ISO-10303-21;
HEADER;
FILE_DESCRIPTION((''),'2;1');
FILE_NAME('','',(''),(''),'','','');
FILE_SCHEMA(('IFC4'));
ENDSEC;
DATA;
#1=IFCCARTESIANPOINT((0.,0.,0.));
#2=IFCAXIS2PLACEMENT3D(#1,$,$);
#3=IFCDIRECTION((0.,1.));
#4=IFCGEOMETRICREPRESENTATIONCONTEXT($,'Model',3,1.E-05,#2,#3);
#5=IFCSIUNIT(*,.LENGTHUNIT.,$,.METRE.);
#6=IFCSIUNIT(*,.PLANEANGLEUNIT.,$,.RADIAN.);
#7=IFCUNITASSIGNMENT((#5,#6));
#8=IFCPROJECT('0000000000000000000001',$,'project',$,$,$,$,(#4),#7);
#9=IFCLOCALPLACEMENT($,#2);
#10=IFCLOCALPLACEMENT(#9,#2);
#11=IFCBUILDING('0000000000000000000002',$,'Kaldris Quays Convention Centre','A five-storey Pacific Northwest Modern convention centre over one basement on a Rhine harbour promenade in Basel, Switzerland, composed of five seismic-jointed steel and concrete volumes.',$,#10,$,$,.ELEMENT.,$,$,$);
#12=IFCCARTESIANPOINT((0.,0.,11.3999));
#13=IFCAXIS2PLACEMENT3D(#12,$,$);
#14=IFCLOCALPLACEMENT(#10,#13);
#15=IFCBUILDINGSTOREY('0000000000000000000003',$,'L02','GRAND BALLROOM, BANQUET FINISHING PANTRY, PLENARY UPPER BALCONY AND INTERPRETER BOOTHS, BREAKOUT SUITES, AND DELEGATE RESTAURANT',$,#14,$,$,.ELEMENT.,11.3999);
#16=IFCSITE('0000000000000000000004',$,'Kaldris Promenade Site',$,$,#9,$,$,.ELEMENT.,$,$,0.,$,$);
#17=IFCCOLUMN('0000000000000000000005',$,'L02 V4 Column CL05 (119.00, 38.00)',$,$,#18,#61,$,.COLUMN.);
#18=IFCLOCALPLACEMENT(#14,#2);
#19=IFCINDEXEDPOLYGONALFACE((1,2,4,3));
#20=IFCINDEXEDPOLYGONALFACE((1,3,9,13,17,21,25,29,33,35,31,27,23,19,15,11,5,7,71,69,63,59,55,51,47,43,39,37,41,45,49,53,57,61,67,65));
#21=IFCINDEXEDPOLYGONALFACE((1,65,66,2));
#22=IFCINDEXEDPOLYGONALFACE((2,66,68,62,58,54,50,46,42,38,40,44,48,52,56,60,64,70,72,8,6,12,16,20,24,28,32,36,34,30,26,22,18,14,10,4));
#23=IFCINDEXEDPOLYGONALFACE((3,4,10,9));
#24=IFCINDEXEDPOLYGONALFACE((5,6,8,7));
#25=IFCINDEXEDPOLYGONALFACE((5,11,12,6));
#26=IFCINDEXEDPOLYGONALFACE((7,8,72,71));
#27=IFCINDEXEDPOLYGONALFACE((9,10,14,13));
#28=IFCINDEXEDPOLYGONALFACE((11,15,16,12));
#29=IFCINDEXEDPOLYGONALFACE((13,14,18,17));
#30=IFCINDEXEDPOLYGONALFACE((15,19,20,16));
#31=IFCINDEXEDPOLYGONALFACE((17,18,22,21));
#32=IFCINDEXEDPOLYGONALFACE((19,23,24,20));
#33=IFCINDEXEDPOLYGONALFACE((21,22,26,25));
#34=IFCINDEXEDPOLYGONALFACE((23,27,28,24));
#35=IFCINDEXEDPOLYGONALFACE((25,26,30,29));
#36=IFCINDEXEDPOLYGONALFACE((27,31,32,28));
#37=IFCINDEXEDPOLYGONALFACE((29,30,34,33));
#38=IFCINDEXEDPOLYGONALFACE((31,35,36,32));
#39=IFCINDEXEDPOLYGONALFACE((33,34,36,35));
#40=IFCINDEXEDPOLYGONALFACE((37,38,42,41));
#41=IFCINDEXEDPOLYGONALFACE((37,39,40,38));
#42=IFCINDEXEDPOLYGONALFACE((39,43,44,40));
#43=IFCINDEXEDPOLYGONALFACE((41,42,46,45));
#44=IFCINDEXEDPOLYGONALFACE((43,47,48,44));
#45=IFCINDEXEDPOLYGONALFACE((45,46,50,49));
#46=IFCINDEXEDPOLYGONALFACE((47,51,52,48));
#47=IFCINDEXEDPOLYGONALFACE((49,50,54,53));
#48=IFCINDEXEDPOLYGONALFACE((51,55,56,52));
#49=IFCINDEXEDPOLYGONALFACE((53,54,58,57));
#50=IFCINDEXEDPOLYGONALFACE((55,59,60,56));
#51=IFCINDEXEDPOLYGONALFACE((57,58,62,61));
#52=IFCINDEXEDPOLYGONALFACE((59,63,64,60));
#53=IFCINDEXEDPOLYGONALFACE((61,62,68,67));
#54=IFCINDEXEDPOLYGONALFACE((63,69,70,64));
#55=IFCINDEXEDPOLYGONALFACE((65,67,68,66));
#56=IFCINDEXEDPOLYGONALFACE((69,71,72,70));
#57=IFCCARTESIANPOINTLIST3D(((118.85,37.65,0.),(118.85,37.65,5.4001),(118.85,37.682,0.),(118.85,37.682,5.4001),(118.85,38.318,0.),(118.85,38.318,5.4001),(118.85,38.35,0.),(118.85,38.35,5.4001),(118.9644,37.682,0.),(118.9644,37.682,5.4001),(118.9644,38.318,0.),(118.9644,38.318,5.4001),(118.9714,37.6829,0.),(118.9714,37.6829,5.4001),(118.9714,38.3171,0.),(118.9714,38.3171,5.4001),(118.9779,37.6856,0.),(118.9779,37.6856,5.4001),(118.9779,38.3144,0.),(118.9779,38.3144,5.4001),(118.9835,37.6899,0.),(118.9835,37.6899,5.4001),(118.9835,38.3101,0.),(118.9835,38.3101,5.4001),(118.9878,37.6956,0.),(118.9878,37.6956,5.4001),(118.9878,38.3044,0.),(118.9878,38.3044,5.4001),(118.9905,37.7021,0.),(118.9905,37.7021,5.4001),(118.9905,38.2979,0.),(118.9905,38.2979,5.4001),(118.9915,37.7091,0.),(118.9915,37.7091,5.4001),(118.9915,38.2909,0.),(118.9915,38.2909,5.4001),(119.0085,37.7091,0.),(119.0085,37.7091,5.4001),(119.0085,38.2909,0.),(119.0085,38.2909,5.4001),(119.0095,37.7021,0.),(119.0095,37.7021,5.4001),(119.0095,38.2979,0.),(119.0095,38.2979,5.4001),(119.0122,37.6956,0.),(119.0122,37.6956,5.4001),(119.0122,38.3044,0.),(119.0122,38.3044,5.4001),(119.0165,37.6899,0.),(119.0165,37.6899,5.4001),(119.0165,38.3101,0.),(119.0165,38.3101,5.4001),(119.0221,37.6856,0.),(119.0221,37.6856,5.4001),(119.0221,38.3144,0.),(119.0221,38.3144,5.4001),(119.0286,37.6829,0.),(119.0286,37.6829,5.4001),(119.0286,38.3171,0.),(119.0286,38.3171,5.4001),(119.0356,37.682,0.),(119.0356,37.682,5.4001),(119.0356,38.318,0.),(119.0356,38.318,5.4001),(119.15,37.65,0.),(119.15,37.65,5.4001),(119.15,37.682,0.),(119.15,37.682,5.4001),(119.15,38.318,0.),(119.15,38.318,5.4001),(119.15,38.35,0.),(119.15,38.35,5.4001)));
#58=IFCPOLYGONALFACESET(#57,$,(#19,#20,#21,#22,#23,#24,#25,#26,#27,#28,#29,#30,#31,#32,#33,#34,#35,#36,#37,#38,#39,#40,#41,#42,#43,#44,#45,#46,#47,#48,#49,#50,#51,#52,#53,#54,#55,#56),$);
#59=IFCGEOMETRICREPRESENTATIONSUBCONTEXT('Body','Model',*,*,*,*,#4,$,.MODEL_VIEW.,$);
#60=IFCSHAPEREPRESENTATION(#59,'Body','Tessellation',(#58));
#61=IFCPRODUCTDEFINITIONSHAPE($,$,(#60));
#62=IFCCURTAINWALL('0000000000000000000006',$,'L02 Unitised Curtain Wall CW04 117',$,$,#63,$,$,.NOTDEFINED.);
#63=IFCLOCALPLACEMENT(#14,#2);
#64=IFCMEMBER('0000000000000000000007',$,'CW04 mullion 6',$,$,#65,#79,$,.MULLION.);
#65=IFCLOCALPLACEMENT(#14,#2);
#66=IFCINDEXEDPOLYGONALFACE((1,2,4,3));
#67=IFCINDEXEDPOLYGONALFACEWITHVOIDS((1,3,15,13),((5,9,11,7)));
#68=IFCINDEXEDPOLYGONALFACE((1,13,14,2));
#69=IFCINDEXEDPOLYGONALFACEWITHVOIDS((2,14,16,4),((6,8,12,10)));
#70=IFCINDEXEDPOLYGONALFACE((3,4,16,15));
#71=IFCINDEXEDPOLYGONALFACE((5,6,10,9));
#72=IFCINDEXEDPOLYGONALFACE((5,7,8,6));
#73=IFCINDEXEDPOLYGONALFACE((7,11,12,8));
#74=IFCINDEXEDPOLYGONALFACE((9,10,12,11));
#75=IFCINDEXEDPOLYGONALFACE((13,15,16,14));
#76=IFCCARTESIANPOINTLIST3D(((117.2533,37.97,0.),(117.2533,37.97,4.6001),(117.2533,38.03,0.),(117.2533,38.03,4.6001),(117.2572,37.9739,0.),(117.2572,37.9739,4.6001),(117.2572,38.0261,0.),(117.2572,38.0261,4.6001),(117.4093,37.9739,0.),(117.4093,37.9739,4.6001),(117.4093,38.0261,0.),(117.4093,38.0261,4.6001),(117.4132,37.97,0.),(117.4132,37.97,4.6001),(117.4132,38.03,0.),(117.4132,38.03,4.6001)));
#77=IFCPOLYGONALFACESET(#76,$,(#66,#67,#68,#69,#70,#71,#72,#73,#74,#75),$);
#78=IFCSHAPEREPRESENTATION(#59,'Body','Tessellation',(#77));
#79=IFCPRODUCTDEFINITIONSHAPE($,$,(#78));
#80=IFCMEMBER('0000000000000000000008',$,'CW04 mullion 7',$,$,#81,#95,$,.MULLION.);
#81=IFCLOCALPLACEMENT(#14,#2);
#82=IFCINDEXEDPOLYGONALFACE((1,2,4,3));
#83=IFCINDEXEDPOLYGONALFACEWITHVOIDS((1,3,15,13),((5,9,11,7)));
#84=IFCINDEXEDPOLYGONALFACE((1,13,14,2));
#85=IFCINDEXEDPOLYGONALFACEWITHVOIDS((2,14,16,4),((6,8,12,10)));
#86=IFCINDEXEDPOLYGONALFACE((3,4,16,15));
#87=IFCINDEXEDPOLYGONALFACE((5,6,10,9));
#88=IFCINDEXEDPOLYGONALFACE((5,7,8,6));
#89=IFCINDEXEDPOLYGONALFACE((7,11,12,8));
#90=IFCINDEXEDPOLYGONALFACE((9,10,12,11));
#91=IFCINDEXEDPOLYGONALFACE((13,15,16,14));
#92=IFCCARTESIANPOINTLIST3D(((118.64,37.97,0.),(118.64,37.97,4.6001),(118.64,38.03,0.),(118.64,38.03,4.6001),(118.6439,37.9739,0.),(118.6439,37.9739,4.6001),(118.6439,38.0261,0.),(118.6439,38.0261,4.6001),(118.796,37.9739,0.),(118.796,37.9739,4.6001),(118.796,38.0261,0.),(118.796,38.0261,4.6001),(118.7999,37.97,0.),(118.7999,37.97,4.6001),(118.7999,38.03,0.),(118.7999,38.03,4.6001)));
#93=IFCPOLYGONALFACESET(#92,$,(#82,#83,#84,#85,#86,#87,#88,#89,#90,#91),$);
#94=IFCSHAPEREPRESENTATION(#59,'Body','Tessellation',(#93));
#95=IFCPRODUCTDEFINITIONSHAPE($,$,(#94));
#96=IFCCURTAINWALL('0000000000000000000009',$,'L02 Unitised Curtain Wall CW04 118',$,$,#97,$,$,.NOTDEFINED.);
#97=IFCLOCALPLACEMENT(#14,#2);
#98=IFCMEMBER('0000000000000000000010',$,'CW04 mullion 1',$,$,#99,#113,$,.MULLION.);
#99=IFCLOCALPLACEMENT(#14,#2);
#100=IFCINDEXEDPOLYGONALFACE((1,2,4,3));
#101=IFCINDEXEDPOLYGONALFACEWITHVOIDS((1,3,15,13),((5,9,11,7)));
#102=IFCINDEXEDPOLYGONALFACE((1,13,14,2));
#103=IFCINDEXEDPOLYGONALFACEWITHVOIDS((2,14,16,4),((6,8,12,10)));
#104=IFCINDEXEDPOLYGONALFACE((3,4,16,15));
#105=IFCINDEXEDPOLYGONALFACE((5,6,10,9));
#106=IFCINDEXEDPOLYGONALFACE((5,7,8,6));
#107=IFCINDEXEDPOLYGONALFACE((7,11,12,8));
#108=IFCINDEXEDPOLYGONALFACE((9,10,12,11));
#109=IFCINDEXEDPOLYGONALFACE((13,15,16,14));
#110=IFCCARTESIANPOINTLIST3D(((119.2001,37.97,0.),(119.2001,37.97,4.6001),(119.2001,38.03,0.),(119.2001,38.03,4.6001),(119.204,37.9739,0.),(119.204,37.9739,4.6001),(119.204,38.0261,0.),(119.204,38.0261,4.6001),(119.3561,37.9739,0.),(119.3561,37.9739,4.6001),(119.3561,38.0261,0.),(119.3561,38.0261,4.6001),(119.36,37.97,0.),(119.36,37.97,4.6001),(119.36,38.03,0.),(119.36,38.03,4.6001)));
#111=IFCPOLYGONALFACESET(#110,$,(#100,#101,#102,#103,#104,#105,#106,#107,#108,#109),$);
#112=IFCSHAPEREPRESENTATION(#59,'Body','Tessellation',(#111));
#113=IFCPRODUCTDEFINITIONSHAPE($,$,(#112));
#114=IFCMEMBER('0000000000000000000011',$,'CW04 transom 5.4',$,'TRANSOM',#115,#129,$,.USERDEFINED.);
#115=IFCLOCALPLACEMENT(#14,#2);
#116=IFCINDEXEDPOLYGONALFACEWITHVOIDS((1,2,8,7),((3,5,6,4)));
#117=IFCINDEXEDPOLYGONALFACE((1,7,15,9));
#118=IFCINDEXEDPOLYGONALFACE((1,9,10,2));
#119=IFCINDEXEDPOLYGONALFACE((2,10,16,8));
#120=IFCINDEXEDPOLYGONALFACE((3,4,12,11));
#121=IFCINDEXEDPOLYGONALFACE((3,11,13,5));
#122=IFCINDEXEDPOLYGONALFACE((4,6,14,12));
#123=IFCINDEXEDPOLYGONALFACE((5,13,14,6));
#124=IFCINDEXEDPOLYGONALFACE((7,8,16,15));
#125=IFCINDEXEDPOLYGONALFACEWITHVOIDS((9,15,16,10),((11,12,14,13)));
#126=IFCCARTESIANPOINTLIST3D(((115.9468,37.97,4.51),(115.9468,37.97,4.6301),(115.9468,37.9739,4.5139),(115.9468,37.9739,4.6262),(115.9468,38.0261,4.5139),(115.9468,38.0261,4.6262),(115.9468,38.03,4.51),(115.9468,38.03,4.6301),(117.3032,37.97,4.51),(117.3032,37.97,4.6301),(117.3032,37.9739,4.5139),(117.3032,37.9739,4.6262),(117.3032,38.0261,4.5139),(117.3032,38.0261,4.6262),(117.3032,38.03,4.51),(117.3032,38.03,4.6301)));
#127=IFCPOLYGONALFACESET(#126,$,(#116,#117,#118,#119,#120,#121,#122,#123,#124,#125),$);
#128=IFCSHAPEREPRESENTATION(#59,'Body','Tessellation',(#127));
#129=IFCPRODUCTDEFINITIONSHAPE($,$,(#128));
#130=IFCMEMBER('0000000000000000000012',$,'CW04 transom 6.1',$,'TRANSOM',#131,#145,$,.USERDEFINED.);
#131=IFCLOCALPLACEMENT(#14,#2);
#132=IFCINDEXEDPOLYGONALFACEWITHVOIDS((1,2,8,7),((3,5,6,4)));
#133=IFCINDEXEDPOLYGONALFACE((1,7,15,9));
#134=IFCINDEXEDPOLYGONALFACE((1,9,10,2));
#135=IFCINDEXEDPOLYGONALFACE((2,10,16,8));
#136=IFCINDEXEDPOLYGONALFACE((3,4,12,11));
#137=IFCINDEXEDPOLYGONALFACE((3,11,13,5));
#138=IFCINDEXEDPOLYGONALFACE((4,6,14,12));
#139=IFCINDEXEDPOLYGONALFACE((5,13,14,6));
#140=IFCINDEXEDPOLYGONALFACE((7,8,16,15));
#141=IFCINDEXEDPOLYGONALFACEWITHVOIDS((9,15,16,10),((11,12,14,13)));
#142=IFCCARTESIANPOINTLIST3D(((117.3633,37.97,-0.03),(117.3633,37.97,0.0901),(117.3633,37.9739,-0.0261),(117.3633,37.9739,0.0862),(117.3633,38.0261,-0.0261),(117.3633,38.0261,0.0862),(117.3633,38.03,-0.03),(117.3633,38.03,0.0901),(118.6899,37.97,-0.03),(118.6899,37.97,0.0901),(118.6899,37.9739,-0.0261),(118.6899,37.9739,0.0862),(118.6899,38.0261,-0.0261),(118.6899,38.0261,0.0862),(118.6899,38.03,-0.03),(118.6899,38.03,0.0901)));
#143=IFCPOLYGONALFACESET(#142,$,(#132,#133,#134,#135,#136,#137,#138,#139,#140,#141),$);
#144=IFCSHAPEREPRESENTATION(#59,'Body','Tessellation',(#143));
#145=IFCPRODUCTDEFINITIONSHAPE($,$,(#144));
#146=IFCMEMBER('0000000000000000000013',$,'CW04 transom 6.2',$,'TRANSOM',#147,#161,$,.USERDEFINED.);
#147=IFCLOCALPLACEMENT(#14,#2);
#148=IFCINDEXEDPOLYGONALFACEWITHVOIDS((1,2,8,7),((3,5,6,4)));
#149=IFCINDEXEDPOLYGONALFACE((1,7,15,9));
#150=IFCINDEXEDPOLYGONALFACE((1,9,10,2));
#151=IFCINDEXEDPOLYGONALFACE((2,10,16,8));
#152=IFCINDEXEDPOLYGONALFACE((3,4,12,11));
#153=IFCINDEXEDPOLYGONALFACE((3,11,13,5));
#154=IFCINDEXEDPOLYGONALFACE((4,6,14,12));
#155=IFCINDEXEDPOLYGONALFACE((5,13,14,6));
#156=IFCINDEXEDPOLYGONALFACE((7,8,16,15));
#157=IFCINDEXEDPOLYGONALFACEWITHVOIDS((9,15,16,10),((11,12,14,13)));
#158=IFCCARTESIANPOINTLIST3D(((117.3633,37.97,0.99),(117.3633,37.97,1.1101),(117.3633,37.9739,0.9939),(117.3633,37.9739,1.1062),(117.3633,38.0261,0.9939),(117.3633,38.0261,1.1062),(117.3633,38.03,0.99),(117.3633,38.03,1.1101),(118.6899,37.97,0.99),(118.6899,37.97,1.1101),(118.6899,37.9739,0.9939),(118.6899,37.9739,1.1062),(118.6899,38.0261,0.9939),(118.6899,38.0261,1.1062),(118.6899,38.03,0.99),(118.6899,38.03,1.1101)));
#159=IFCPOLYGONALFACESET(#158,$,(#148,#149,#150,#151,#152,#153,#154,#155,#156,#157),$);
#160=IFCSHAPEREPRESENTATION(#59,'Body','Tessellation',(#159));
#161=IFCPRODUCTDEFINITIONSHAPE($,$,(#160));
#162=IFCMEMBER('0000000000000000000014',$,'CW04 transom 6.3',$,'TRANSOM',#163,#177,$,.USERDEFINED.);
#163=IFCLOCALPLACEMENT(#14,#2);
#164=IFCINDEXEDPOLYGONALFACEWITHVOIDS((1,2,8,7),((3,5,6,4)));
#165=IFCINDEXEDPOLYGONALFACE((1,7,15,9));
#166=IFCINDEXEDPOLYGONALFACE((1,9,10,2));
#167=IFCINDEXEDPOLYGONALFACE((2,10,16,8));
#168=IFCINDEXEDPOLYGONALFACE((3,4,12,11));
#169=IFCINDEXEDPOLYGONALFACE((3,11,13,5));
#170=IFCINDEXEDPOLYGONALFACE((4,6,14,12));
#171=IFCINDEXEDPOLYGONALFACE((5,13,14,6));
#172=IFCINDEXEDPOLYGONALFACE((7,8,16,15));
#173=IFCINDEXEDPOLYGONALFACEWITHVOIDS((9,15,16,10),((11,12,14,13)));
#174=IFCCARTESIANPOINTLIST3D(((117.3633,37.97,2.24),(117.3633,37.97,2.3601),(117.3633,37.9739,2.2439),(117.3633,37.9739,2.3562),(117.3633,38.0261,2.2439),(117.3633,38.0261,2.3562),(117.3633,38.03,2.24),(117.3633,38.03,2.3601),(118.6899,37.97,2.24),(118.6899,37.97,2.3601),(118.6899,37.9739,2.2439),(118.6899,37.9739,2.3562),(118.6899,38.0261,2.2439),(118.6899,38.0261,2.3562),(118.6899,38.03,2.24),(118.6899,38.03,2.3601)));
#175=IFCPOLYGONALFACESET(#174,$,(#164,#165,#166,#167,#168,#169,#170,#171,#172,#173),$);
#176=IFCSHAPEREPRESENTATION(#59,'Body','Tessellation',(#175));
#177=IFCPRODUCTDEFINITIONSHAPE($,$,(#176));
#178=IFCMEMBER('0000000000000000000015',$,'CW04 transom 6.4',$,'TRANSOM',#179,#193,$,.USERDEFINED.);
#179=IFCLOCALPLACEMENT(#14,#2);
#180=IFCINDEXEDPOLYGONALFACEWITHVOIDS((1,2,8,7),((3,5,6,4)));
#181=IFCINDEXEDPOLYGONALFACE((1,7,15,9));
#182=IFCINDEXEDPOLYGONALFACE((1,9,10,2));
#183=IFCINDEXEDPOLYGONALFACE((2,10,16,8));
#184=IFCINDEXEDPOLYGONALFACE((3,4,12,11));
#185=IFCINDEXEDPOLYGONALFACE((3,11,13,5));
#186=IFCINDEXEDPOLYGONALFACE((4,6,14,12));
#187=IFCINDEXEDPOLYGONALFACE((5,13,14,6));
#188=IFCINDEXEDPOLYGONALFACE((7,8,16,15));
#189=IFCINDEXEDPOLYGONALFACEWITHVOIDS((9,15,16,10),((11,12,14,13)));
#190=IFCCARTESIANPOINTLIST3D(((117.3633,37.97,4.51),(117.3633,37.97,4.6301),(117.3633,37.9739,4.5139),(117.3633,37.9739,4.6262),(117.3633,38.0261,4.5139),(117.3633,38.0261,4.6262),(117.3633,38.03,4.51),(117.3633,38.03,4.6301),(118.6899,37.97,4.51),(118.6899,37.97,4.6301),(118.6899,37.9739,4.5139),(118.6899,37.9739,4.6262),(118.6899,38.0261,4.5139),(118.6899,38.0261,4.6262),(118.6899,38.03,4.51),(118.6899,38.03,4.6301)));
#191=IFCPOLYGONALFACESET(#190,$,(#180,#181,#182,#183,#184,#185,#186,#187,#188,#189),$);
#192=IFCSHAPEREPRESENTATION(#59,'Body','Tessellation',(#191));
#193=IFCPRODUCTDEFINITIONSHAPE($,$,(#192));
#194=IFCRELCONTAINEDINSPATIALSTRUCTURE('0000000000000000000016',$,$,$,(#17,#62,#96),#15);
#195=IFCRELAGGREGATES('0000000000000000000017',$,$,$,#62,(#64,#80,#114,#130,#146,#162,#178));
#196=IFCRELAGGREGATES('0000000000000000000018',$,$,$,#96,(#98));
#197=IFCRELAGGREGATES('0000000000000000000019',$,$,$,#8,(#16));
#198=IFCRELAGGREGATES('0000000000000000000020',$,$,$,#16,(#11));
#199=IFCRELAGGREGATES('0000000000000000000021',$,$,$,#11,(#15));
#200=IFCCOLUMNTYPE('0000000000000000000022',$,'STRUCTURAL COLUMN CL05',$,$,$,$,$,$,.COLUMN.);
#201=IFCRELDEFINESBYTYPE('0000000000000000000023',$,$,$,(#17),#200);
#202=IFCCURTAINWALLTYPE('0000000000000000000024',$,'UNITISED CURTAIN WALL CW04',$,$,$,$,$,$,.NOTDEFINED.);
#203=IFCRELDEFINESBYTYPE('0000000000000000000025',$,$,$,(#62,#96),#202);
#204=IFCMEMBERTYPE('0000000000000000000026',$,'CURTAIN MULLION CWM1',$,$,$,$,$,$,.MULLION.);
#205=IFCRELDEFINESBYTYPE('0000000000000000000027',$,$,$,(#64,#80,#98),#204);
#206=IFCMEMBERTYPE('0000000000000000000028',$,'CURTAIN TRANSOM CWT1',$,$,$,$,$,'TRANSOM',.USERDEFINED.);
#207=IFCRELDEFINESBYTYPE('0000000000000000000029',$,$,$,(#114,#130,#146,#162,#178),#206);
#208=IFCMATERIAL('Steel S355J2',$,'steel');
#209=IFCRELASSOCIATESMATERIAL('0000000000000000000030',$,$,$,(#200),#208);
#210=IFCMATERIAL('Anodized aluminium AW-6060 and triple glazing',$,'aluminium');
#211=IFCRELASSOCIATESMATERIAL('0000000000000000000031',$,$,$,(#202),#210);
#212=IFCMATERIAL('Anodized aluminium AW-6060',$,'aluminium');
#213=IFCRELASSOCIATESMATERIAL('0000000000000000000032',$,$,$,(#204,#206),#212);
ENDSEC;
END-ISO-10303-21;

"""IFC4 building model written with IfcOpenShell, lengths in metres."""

from ifc_helpers import new_model, si_unit, direction, frame, origin, origin_2d, place, context, subcontext, project, spatial, hollow_rectangle, i_section, extrude, material, material_profile, profile_set, type_object, element, aggregate, save


model = new_model("IFC4")

# Units and contexts
model_context = context("Model", 3, precision=1e-05, world=origin(), true_north=direction((0.0, 1.0)))
body_context = subcontext(model_context, "Body", "Model", "MODEL_VIEW")
ifc_project = project(units=[si_unit("LENGTHUNIT", "METRE"), si_unit("PLANEANGLEUNIT", "RADIAN")], contexts=[model_context])

# Site, building, storey
site_placement = place(None, origin())
site = spatial("IfcSite", under=ifc_project, at=site_placement, Name="Kaldris Promenade Site", CompositionType="ELEMENT", RefElevation=0.0)
building_placement = place(site_placement, origin())
building = spatial("IfcBuilding", under=site, at=building_placement, Name="Kaldris Quays Convention Centre", Description="A five-storey Pacific Northwest Modern convention centre over one basement on a Rhine harbour promenade in Basel, Switzerland, composed of five seismic-jointed steel and concrete volumes.", CompositionType="ELEMENT")
storey_placement = place(building_placement, frame((0.0, 0.0, 11.3999)))
storey = spatial("IfcBuildingStorey", under=building, at=storey_placement, Name="L02", Description="GRAND BALLROOM, BANQUET FINISHING PANTRY, PLENARY UPPER BALCONY AND INTERPRETER BOOTHS, BREAKOUT SUITES, AND DELEGATE RESTAURANT", CompositionType="ELEMENT", Elevation=11.3999)

# Column
ifc_material_1 = material(Name="Steel S355J2", Category="steel")
ifc_material_profile_1 = material_profile(ifc_material_1, i_section(OverallWidth=0.3, OverallDepth=0.7, WebThickness=0.0171, FlangeThickness=0.032, FilletRadius=0.0271, at=origin_2d()), Name="HEB 700")
ifc_profile_set_1 = profile_set([ifc_material_profile_1], Name="Steel S355J2")
column_type = type_object("IfcColumnType", Name="STRUCTURAL COLUMN CL05", PredefinedType="COLUMN", material=ifc_profile_set_1)
column_placement = place(storey_placement, frame((119.0, 38.0, 0.0), z_axis=(0.0, 0.0, 1.0), x_axis=(1.0, 0.0, 0.0)))
element("IfcColumn", 1, at=column_placement, inside=storey, type_object=column_type, Name="L02 V4 Column CL05 (119.00, 38.00)", PredefinedType="COLUMN", context=body_context, shape_type="SweptSolid", body=[
    extrude(i_section(OverallWidth=0.3, OverallDepth=0.7, WebThickness=0.0171, FlangeThickness=0.032, FilletRadius=0.0271, at=origin_2d()), origin(), (0.0, 0.0, 1.0), 5.4001),
])

# Curtain wall, members
ifc_material_2 = material(Name="Anodized aluminium AW-6060 and triple glazing", Category="aluminium")
curtain_wall_type = type_object("IfcCurtainWallType", Name="UNITISED CURTAIN WALL CW04", PredefinedType="NOTDEFINED", material=ifc_material_2)
curtain_wall_1_placement = place(storey_placement, origin())
curtain_wall_1 = element("IfcCurtainWall", 2, at=curtain_wall_1_placement, inside=storey, type_object=curtain_wall_type, Name="L02 Unitised Curtain Wall CW04 117", PredefinedType="NOTDEFINED")
ifc_material_3 = material(Name="Anodized aluminium AW-6060", Category="aluminium")
ifc_material_profile_2 = material_profile(ifc_material_3, hollow_rectangle(XDim=0.0601, YDim=0.1599, WallThickness=0.0039, at=origin_2d()), Name="RHS 160x60x4")
ifc_profile_set_2 = profile_set([ifc_material_profile_2], Name="Anodized aluminium AW-6060")
member_type_1 = type_object("IfcMemberType", Name="CURTAIN MULLION CWM1", PredefinedType="MULLION", material=ifc_profile_set_2)
member_1_placement = place(storey_placement, frame((117.3333, 38.0, 0.0), z_axis=(0.0, 0.0, 1.0), x_axis=(0.0, 1.0, 0.0)))
member_1 = element("IfcMember", 3, at=member_1_placement, type_object=member_type_1, Name="CW04 mullion 6", PredefinedType="MULLION", context=body_context, shape_type="SweptSolid", body=[
    extrude(hollow_rectangle(XDim=0.0601, YDim=0.1599, WallThickness=0.0039, at=origin_2d()), origin(), (0.0, 0.0, 1.0), 4.6001),
])
member_2_placement = place(storey_placement, frame((118.72, 38.0, 0.0), z_axis=(0.0, 0.0, 1.0), x_axis=(0.0, 1.0, 0.0)))
member_2 = element("IfcMember", 4, at=member_2_placement, type_object=member_type_1, Name="CW04 mullion 7", PredefinedType="MULLION", context=body_context, shape_type="SweptSolid", body=[
    extrude(hollow_rectangle(XDim=0.0601, YDim=0.1599, WallThickness=0.0039, at=origin_2d()), origin(), (0.0, 0.0, 1.0), 4.6001),
])

# Curtain wall, member
curtain_wall_2_placement = place(storey_placement, origin())
curtain_wall_2 = element("IfcCurtainWall", 5, at=curtain_wall_2_placement, inside=storey, type_object=curtain_wall_type, Name="L02 Unitised Curtain Wall CW04 118", PredefinedType="NOTDEFINED")
member_3_placement = place(storey_placement, frame((119.28, 38.0, 0.0), z_axis=(0.0, 0.0, 1.0), x_axis=(0.0, 1.0, 0.0)))
member_3 = element("IfcMember", 6, at=member_3_placement, type_object=member_type_1, Name="CW04 mullion 1", PredefinedType="MULLION", context=body_context, shape_type="SweptSolid", body=[
    extrude(hollow_rectangle(XDim=0.0601, YDim=0.1599, WallThickness=0.0039, at=origin_2d()), origin(), (0.0, 0.0, 1.0), 4.6001),
])

# Members
ifc_material_profile_3 = material_profile(ifc_material_3, hollow_rectangle(XDim=0.0601, YDim=0.1201, WallThickness=0.0039, at=origin_2d()), Name="RHS 120x60x4")
ifc_profile_set_3 = profile_set([ifc_material_profile_3], Name="Anodized aluminium AW-6060")
member_type_2 = type_object("IfcMemberType", Name="CURTAIN TRANSOM CWT1", ElementType="TRANSOM", PredefinedType="USERDEFINED", material=ifc_profile_set_3)
member_4_placement = place(storey_placement, frame((115.9468, 38.0, 4.5701), z_axis=(1.0, 0.0, 0.0), x_axis=(0.0, 1.0, 0.0)))
member_4 = element("IfcMember", 7, at=member_4_placement, type_object=member_type_2, Name="CW04 transom 5.4", ObjectType="TRANSOM", PredefinedType="USERDEFINED", context=body_context, shape_type="SweptSolid", body=[
    extrude(hollow_rectangle(XDim=0.0601, YDim=0.1201, WallThickness=0.0039, at=origin_2d()), origin(), (0.0, 0.0, 1.0), 1.3564),
])
member_5_placement = place(storey_placement, frame((117.3633, 38.0, 0.03), z_axis=(1.0, 0.0, 0.0), x_axis=(0.0, 1.0, 0.0)))
member_5 = element("IfcMember", 8, at=member_5_placement, type_object=member_type_2, Name="CW04 transom 6.1", ObjectType="TRANSOM", PredefinedType="USERDEFINED", context=body_context, shape_type="SweptSolid", body=[
    extrude(hollow_rectangle(XDim=0.0601, YDim=0.1201, WallThickness=0.0039, at=origin_2d()), origin(), (0.0, 0.0, 1.0), 1.3267),
])
member_6_placement = place(storey_placement, frame((117.3633, 38.0, 1.05), z_axis=(1.0, 0.0, 0.0), x_axis=(0.0, 1.0, 0.0)))
member_6 = element("IfcMember", 9, at=member_6_placement, type_object=member_type_2, Name="CW04 transom 6.2", ObjectType="TRANSOM", PredefinedType="USERDEFINED", context=body_context, shape_type="SweptSolid", body=[
    extrude(hollow_rectangle(XDim=0.0601, YDim=0.1201, WallThickness=0.0039, at=origin_2d()), origin(), (0.0, 0.0, 1.0), 1.3267),
])
member_7_placement = place(storey_placement, frame((117.3633, 38.0, 2.3), z_axis=(1.0, 0.0, 0.0), x_axis=(0.0, 1.0, 0.0)))
member_7 = element("IfcMember", 10, at=member_7_placement, type_object=member_type_2, Name="CW04 transom 6.3", ObjectType="TRANSOM", PredefinedType="USERDEFINED", context=body_context, shape_type="SweptSolid", body=[
    extrude(hollow_rectangle(XDim=0.0601, YDim=0.1201, WallThickness=0.0039, at=origin_2d()), origin(), (0.0, 0.0, 1.0), 1.3267),
])
member_8_placement = place(storey_placement, frame((117.3633, 38.0, 4.5701), z_axis=(1.0, 0.0, 0.0), x_axis=(0.0, 1.0, 0.0)))
member_8 = element("IfcMember", 11, at=member_8_placement, type_object=member_type_2, Name="CW04 transom 6.4", ObjectType="TRANSOM", PredefinedType="USERDEFINED", context=body_context, shape_type="SweptSolid", body=[
    extrude(hollow_rectangle(XDim=0.0601, YDim=0.1201, WallThickness=0.0039, at=origin_2d()), origin(), (0.0, 0.0, 1.0), 1.3267),
])

aggregate(curtain_wall_1, [member_1, member_2, member_4, member_5, member_6, member_7, member_8])
aggregate(curtain_wall_2, [member_3])

save(model, "model.ifc")
